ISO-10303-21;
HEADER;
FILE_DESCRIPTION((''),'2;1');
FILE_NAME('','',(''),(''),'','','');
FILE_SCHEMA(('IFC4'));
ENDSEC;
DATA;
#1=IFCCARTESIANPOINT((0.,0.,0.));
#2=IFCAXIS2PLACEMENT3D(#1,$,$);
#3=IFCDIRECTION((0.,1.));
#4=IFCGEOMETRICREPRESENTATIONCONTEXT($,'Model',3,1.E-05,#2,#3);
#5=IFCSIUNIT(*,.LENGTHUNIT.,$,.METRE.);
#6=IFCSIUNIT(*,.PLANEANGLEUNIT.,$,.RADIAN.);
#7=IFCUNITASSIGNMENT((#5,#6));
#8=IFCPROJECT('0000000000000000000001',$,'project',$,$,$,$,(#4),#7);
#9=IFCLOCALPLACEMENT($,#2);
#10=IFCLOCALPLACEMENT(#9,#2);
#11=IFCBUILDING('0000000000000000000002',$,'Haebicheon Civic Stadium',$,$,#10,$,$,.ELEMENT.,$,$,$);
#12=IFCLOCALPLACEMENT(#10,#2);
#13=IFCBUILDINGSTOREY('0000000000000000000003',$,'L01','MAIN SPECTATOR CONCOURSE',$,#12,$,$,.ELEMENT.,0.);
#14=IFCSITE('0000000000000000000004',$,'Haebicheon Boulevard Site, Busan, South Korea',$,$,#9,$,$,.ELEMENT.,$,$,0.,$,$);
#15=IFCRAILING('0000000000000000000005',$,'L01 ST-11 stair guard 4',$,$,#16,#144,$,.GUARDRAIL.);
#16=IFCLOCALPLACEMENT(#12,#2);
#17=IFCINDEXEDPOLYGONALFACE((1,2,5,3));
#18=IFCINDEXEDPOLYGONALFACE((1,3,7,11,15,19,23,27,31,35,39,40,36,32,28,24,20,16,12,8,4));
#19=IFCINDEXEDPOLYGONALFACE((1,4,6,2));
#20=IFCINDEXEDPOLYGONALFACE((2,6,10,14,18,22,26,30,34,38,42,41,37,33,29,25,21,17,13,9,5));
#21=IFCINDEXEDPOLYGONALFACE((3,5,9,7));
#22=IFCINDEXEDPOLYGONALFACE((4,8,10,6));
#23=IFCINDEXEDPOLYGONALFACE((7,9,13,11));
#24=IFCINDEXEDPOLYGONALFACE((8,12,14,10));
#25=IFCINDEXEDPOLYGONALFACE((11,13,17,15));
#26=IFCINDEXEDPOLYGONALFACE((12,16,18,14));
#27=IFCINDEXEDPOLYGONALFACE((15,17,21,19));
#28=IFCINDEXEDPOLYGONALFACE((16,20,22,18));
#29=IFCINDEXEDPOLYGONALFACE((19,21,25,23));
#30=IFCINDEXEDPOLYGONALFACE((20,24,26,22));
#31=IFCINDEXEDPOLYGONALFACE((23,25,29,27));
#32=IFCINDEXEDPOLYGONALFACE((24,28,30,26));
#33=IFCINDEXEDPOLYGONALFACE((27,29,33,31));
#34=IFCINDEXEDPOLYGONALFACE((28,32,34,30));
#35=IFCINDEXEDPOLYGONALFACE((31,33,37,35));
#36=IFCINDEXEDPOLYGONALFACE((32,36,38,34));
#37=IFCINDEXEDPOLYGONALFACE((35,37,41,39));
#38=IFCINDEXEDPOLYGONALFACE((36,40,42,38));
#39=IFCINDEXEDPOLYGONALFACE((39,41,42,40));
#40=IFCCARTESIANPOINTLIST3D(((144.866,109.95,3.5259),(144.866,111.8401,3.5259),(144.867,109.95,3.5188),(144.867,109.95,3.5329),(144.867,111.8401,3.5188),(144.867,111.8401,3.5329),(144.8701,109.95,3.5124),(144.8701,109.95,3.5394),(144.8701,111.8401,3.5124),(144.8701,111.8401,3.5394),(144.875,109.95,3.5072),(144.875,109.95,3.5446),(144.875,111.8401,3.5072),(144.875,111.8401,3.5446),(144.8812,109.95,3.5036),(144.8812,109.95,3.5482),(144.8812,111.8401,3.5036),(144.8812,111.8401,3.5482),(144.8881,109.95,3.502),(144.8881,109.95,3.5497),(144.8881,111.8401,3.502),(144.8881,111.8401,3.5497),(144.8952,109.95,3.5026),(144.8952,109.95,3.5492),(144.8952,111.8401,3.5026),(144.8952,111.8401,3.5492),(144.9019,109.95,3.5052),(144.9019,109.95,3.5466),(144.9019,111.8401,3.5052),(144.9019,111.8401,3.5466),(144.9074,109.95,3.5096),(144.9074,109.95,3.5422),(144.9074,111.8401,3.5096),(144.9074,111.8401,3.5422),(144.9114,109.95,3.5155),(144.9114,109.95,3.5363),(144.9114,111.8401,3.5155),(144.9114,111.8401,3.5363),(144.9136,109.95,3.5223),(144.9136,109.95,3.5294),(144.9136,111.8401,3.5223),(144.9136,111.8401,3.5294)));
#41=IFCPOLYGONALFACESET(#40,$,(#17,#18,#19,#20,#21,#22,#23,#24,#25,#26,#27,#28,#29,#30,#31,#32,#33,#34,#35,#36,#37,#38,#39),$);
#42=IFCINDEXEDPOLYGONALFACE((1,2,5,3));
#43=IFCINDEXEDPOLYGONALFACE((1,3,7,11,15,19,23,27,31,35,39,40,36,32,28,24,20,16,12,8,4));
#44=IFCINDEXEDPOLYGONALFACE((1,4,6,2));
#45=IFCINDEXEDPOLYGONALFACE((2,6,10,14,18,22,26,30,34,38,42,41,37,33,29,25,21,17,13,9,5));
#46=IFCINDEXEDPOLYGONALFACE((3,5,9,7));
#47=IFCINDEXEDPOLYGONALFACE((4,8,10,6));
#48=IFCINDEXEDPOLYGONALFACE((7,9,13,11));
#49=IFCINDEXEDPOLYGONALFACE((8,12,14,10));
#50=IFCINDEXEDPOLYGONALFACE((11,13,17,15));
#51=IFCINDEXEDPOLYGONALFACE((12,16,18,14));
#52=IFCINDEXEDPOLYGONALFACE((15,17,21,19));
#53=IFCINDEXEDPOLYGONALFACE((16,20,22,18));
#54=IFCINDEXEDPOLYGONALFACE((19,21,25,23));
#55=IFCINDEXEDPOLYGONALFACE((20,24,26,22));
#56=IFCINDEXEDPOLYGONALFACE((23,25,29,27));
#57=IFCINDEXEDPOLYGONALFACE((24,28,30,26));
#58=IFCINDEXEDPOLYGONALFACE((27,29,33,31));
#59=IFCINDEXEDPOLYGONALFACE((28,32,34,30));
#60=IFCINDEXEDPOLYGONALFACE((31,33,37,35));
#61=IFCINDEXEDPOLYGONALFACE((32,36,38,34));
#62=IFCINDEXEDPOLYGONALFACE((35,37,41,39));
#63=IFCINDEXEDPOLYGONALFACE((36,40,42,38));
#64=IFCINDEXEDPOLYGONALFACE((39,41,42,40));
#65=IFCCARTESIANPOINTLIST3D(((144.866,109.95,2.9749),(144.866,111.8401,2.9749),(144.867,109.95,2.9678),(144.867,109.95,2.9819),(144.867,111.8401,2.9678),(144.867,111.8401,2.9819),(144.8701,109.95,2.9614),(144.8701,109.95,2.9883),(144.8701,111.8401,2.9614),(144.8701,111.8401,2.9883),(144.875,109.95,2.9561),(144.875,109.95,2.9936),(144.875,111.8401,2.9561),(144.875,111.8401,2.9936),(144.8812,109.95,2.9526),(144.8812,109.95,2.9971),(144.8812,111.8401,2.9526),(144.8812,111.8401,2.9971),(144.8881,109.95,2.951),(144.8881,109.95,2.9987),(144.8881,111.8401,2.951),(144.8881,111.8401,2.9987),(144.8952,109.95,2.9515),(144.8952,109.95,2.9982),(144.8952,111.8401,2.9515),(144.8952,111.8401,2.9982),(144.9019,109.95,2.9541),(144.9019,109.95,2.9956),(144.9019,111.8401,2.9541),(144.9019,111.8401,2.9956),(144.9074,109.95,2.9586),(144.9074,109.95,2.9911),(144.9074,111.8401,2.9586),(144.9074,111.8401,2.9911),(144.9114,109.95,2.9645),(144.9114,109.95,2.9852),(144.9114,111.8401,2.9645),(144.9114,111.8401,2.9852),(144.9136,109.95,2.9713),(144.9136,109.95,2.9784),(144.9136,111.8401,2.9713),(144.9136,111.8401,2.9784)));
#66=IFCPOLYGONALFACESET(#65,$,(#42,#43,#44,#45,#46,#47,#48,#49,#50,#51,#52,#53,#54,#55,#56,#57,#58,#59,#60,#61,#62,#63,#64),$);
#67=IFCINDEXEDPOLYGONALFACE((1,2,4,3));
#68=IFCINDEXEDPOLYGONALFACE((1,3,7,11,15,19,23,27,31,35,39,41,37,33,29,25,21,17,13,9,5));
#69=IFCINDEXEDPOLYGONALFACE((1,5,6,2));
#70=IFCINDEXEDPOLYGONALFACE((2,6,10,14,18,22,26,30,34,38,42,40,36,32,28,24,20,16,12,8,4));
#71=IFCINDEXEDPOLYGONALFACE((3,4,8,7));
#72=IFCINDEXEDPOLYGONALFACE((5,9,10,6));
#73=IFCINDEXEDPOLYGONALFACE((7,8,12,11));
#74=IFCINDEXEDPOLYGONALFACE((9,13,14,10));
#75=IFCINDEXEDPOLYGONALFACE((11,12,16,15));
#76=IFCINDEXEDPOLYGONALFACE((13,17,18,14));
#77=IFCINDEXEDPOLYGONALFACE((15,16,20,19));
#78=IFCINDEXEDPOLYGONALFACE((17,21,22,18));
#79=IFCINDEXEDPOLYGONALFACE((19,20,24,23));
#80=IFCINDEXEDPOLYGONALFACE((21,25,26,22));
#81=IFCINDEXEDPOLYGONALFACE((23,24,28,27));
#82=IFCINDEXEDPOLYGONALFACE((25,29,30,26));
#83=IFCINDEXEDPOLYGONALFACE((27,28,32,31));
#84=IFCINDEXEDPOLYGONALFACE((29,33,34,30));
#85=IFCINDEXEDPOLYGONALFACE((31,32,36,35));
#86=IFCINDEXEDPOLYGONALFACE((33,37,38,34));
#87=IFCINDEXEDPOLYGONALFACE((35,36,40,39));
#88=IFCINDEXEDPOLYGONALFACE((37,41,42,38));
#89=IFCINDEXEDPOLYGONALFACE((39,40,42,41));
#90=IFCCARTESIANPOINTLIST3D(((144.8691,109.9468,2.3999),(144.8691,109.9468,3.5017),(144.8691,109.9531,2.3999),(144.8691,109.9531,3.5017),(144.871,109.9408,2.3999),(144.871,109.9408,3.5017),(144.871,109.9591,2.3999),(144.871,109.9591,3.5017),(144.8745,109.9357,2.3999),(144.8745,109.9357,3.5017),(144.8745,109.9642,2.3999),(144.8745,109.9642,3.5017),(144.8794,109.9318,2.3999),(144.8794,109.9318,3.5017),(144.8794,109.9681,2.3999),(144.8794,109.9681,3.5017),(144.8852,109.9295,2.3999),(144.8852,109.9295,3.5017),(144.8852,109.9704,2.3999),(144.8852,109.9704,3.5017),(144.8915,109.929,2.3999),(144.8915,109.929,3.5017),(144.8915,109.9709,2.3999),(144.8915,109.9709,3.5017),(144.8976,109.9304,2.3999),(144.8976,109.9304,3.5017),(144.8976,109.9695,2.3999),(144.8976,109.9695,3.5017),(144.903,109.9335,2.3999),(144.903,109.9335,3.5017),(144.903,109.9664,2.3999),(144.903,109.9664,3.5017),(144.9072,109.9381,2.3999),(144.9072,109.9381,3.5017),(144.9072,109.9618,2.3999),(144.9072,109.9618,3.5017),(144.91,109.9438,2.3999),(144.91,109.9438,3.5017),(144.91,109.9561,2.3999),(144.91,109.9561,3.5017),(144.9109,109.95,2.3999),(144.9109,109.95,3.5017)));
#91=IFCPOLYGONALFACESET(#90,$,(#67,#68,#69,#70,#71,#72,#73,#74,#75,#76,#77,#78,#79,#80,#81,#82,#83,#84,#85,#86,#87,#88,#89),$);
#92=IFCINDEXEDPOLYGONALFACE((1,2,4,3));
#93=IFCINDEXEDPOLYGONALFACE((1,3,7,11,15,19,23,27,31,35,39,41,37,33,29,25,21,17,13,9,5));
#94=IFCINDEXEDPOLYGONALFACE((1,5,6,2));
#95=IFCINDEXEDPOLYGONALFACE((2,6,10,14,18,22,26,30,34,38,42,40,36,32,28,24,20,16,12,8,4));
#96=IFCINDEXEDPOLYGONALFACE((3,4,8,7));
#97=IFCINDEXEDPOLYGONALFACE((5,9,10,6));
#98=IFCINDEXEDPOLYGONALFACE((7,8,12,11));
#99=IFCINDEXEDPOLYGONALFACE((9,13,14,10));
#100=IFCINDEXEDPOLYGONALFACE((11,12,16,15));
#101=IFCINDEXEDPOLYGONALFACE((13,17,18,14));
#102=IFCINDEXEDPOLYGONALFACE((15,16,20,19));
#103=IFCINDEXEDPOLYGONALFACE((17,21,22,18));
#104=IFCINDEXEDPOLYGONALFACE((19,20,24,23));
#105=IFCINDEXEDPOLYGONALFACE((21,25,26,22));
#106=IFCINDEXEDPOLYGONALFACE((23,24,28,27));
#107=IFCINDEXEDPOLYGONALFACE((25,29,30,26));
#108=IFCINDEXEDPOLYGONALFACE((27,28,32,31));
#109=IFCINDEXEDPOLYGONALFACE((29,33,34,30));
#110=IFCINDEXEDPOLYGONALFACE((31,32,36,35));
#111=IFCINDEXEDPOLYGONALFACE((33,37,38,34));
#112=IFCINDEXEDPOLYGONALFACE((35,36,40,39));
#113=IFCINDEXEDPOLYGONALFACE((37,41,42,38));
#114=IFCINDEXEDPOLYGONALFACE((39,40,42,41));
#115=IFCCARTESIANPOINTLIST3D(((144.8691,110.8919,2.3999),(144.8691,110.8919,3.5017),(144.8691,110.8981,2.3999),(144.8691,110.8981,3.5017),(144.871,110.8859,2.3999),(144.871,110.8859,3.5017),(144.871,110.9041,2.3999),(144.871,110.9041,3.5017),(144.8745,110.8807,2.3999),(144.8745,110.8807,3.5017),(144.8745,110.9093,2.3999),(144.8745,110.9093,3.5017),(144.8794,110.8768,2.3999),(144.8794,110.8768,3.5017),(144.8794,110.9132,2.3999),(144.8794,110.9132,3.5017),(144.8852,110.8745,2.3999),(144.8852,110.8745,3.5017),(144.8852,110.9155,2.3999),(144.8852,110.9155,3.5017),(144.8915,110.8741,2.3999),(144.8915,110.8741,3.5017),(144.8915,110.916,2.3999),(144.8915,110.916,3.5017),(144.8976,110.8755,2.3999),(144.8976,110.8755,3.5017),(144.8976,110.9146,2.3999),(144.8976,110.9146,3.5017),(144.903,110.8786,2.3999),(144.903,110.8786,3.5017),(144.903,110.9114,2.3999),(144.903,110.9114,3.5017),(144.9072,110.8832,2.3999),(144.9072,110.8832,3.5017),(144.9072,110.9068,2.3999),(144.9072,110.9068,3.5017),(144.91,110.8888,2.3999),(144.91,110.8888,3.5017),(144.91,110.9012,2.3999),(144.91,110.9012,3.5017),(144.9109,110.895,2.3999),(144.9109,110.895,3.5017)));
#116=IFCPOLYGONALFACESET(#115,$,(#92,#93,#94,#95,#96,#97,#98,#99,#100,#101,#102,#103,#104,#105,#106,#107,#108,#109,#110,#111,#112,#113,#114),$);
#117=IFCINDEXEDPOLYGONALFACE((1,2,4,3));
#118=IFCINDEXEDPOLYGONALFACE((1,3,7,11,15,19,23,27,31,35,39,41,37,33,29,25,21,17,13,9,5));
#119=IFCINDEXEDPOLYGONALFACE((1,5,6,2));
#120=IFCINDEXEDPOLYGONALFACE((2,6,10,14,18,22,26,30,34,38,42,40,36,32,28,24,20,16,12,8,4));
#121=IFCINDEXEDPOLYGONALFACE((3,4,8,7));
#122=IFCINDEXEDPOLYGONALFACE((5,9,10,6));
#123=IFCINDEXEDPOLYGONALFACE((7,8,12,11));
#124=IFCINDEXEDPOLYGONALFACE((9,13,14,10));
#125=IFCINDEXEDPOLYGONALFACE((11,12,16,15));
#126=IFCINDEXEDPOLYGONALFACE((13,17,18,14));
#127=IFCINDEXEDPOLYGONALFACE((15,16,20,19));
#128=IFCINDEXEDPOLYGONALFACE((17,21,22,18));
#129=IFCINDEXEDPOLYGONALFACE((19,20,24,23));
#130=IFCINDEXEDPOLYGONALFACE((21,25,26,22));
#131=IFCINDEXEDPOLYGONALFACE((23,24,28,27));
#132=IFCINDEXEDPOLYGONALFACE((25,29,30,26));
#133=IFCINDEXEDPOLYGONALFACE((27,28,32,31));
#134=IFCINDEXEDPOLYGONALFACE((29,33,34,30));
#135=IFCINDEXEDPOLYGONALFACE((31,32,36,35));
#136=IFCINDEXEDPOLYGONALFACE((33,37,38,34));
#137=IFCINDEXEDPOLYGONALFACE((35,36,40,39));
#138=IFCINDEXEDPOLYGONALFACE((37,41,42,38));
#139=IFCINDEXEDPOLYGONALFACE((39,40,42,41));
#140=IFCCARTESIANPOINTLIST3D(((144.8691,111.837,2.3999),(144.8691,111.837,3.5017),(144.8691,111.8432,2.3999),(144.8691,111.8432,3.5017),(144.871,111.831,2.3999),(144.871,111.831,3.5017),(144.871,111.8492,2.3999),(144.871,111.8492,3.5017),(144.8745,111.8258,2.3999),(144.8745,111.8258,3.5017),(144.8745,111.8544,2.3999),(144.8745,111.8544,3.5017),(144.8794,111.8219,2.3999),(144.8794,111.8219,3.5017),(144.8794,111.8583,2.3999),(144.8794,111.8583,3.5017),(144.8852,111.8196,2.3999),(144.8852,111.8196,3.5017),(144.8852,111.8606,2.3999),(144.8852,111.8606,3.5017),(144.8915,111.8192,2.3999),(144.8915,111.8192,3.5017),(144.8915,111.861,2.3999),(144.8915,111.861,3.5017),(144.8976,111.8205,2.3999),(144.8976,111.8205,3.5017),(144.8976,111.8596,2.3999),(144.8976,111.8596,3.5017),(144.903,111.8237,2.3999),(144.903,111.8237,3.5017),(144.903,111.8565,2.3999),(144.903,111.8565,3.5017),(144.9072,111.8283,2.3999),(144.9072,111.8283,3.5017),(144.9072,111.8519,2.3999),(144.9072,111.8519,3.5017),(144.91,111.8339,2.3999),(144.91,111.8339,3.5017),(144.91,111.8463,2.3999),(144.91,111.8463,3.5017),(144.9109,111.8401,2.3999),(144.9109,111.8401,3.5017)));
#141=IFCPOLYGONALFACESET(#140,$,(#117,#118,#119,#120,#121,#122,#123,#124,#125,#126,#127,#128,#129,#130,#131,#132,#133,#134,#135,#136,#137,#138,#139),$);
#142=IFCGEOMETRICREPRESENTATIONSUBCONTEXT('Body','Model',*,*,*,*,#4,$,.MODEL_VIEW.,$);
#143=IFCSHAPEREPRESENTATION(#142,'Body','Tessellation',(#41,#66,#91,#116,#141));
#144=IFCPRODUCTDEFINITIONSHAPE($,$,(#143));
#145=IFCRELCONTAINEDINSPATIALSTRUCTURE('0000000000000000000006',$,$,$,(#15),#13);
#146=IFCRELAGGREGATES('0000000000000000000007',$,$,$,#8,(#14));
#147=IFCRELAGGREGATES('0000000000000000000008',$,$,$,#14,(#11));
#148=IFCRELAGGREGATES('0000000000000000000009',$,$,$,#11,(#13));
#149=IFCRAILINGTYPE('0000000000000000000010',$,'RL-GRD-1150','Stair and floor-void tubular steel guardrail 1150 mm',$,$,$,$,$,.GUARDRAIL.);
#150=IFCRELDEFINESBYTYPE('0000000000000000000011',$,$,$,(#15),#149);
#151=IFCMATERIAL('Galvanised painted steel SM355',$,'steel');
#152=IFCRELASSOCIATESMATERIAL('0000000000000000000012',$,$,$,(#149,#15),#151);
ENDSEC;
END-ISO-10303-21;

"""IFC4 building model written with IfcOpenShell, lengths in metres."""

from ifc_helpers import new_model, si_unit, direction, frame, origin, origin_2d, place, context, subcontext, project, spatial, circle, extrude, material, type_object, element, save


model = new_model("IFC4")

# Units and contexts
model_context = context("Model", 3, precision=1e-05, world=origin(), true_north=direction((0.0, 1.0)))
body_context = subcontext(model_context, "Body", "Model", "MODEL_VIEW")
ifc_project = project(units=[si_unit("LENGTHUNIT", "METRE"), si_unit("PLANEANGLEUNIT", "RADIAN")], contexts=[model_context])

# Site, building, storey
site_placement = place(None, origin())
site = spatial("IfcSite", under=ifc_project, at=site_placement, Name="Haebicheon Boulevard Site, Busan, South Korea", CompositionType="ELEMENT", RefElevation=0.0)
building_placement = place(site_placement, origin())
building = spatial("IfcBuilding", under=site, at=building_placement, Name="Haebicheon Civic Stadium", CompositionType="ELEMENT")
storey_placement = place(building_placement, origin())
storey = spatial("IfcBuildingStorey", under=building, at=storey_placement, Name="L01", Description="MAIN SPECTATOR CONCOURSE", CompositionType="ELEMENT", Elevation=0.0)

# Railing
ifc_material_1 = material(Name="Galvanised painted steel SM355", Category="steel")
railing_type_1 = type_object("IfcRailingType", Name="RL-GRD-1150", Description="Stair and floor-void tubular steel guardrail 1150 mm", PredefinedType="GUARDRAIL", material=ifc_material_1)
railing_1_placement = place(storey_placement, frame((144.8899, 109.95, 2.3999)))
element("IfcRailing", 1, at=railing_1_placement, inside=storey, type_object=railing_type_1, material=ifc_material_1, Name="L01 ST-11 stair guard 4", PredefinedType="GUARDRAIL", context=body_context, shape_type="SweptSolid", body=[
    extrude(circle(Radius=0.0239, at=origin_2d()), frame((0.0, 0.0, 1.126), z_axis=(0.0, 1.0, 0.0), x_axis=(-1.0, 0.0, 0.0)), (0.0, 0.0, 1.0), 1.8901),
    extrude(circle(Radius=0.0239, at=origin_2d()), frame((0.0, 0.0, 0.575), z_axis=(0.0, 1.0, 0.0), x_axis=(-1.0, 0.0, 0.0)), (0.0, 0.0, 1.0), 1.8901),
    extrude(circle(Radius=0.021, at=origin_2d()), origin(), (0.0, 0.0, 1.0), 1.1018),
    extrude(circle(Radius=0.021, at=origin_2d()), frame((0.0, 0.9451, 0.0)), (0.0, 0.0, 1.0), 1.1018),
    extrude(circle(Radius=0.021, at=origin_2d()), frame((0.0, 1.8901, 0.0)), (0.0, 0.0, 1.0), 1.1018),
])

save(model, "model.ifc")
